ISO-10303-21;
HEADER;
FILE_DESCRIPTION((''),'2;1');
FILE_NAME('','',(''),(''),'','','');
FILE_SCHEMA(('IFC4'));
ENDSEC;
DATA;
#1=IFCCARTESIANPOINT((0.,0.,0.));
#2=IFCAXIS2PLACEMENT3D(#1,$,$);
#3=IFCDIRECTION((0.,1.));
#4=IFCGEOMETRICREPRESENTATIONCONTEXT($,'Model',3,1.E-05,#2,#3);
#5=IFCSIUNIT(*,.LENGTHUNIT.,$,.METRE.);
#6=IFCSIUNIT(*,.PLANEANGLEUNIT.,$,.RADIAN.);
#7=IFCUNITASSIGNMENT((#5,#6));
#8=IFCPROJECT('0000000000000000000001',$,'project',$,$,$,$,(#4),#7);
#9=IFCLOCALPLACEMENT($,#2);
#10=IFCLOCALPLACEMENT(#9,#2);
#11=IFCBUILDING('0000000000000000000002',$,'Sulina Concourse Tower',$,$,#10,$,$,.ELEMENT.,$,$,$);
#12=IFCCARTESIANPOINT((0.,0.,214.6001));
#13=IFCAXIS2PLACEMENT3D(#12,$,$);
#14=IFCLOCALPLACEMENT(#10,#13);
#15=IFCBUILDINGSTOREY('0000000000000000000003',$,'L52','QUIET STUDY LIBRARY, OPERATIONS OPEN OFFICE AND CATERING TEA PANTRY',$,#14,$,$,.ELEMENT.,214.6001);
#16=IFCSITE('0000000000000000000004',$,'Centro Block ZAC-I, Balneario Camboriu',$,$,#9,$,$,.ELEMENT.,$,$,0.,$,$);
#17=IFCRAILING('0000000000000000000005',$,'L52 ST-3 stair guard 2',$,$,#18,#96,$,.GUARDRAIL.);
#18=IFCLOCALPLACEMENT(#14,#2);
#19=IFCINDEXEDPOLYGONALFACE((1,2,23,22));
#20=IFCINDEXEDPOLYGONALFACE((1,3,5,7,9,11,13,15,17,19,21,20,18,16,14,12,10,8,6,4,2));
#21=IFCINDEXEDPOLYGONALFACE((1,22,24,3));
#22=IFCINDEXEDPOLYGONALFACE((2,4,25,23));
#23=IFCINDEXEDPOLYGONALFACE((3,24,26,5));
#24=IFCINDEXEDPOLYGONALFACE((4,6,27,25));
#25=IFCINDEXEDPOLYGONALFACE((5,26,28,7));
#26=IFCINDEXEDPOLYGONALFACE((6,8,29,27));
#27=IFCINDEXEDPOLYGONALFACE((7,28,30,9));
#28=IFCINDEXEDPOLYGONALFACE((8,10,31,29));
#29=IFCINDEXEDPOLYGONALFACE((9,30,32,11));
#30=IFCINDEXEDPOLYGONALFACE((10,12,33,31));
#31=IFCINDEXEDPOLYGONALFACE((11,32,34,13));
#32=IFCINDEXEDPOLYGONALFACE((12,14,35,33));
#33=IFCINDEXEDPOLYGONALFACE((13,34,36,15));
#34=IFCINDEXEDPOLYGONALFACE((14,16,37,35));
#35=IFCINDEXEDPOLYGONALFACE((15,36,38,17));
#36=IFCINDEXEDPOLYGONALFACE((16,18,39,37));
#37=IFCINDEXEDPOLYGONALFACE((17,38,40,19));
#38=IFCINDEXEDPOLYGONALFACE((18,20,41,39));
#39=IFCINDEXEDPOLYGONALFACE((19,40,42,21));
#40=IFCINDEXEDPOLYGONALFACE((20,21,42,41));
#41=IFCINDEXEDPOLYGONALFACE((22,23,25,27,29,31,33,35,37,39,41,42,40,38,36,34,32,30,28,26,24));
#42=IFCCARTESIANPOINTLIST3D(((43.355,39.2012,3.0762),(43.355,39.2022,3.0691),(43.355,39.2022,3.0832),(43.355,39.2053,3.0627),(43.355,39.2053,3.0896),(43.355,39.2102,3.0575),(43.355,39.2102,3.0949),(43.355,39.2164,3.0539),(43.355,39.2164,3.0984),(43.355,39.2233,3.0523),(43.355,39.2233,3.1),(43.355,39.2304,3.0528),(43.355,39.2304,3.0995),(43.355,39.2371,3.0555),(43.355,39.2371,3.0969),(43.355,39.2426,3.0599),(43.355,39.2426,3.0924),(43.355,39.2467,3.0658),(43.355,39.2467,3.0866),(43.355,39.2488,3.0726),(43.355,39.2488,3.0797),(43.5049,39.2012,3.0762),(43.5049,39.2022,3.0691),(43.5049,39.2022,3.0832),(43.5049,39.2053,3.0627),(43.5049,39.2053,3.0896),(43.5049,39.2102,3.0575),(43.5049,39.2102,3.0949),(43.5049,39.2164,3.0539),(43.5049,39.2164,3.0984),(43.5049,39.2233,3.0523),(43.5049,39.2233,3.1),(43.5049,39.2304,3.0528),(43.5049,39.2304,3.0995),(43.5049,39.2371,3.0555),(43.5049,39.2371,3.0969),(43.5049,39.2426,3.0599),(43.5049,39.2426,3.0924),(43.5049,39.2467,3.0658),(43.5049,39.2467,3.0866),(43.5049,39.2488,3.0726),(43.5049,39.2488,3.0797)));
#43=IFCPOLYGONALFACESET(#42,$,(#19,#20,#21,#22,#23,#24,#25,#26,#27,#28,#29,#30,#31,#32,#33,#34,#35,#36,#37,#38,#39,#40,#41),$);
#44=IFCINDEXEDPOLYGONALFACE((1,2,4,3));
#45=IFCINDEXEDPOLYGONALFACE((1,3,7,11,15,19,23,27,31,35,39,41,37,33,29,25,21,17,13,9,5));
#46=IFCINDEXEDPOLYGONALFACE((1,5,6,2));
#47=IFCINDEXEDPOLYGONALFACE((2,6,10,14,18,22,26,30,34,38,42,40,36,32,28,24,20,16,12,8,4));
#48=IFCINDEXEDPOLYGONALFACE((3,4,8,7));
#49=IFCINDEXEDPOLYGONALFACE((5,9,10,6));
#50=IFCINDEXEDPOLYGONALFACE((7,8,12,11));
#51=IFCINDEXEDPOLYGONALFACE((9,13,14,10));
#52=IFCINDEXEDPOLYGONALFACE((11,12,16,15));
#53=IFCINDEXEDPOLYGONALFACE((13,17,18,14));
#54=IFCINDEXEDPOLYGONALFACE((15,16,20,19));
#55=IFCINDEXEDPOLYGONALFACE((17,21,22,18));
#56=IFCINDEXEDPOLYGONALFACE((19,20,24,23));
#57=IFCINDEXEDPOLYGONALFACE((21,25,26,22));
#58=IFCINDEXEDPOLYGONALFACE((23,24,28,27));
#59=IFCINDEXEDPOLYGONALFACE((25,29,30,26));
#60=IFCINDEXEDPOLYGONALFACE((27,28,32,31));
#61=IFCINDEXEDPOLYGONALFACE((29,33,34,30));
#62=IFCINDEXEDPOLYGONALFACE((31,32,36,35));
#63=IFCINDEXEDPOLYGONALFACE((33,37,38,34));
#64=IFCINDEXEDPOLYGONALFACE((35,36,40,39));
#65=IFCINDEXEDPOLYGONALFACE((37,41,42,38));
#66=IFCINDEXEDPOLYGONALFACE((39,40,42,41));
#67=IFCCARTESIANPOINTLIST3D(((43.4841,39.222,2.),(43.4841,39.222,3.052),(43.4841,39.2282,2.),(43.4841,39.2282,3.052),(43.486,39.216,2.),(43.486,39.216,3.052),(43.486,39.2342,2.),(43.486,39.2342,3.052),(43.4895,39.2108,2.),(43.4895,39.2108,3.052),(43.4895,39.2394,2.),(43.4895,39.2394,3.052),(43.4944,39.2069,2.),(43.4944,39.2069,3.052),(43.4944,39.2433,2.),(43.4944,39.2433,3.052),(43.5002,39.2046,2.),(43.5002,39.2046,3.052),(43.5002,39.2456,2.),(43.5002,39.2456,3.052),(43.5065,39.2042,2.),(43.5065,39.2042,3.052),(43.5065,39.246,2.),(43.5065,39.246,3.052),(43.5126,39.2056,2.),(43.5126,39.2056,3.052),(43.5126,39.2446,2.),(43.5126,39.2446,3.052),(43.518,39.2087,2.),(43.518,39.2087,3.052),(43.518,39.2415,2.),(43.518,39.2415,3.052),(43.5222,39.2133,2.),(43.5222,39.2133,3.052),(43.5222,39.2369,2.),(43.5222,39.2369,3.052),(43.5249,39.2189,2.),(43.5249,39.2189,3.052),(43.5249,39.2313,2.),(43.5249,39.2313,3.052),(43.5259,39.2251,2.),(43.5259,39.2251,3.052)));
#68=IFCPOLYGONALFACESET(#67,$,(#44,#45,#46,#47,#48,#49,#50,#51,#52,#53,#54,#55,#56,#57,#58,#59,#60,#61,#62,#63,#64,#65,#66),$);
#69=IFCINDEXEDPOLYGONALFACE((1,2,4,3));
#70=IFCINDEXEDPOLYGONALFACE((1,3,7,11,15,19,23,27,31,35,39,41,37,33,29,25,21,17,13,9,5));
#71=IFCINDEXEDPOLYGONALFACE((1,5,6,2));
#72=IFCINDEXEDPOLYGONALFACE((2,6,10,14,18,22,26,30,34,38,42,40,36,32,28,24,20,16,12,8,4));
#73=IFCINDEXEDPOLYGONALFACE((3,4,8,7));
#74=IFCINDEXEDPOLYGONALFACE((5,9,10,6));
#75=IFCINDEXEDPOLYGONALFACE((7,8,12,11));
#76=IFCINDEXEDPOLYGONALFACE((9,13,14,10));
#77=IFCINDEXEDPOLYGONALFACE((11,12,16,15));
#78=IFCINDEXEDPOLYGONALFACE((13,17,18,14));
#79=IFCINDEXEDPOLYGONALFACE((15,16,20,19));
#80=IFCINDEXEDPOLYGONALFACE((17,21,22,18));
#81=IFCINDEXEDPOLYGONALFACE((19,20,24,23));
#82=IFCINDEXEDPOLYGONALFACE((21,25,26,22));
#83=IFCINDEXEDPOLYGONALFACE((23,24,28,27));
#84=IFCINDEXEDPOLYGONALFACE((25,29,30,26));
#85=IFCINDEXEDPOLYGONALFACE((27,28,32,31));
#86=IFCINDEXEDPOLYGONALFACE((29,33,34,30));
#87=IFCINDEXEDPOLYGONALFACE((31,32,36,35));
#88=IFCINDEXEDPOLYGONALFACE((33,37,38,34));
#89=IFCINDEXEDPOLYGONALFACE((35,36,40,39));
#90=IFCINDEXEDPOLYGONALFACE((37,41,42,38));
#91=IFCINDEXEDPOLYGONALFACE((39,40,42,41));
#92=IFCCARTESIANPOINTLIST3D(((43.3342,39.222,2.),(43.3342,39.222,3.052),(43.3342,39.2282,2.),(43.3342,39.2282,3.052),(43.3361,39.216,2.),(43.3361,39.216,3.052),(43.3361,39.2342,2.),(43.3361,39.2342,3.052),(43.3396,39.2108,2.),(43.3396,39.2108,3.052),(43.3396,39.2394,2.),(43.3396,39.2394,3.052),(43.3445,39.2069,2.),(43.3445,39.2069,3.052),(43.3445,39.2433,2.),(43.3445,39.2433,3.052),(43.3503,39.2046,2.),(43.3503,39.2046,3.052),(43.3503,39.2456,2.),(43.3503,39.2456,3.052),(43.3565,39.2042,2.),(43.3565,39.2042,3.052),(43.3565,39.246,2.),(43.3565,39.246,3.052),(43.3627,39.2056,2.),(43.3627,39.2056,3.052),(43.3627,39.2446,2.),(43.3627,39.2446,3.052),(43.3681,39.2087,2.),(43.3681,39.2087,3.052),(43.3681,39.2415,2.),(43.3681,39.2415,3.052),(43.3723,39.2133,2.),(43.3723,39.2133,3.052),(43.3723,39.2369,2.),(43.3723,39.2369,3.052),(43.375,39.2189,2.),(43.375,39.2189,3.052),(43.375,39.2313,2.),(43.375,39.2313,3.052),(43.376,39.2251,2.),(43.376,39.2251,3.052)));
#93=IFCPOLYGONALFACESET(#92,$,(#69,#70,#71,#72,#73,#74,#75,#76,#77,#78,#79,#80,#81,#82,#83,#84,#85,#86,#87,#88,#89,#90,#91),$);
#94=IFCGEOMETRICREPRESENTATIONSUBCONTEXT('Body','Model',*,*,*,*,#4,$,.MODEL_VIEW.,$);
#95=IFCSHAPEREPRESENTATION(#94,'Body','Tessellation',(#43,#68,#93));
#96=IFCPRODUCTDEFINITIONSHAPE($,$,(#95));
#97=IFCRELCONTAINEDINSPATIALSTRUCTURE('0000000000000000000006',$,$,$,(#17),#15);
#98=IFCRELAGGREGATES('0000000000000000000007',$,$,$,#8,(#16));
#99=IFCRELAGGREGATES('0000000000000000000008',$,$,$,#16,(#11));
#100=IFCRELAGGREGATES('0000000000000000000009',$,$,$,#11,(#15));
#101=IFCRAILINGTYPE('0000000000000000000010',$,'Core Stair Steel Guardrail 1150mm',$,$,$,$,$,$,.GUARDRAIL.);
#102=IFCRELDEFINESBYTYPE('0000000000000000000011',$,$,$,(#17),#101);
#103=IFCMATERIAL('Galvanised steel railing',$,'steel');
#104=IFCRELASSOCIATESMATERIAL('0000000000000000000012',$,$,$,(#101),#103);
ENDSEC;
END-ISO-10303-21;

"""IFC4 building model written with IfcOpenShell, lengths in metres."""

from ifc_helpers import new_model, si_unit, direction, frame, origin, origin_2d, place, context, subcontext, project, spatial, circle, extrude, material, type_object, element, save


model = new_model("IFC4")

# Units and contexts
model_context = context("Model", 3, precision=1e-05, world=origin(), true_north=direction((0.0, 1.0)))
body_context = subcontext(model_context, "Body", "Model", "MODEL_VIEW")
ifc_project = project(units=[si_unit("LENGTHUNIT", "METRE"), si_unit("PLANEANGLEUNIT", "RADIAN")], contexts=[model_context])

# Site, building, storey
site_placement = place(None, origin())
site = spatial("IfcSite", under=ifc_project, at=site_placement, Name="Centro Block ZAC-I, Balneario Camboriu", CompositionType="ELEMENT", RefElevation=0.0)
building_placement = place(site_placement, origin())
building = spatial("IfcBuilding", under=site, at=building_placement, Name="Sulina Concourse Tower", CompositionType="ELEMENT")
storey_placement = place(building_placement, frame((0.0, 0.0, 214.6001)))
storey = spatial("IfcBuildingStorey", under=building, at=storey_placement, Name="L52", Description="QUIET STUDY LIBRARY, OPERATIONS OPEN OFFICE AND CATERING TEA PANTRY", CompositionType="ELEMENT", Elevation=214.6001)

# Railing
ifc_material_1 = material(Name="Galvanised steel railing", Category="steel")
railing_type_1 = type_object("IfcRailingType", Name="Core Stair Steel Guardrail 1150mm", PredefinedType="GUARDRAIL", material=ifc_material_1)
railing_1_placement = place(storey_placement, frame((43.5049, 39.2251, 2.0)))
element("IfcRailing", 1, at=railing_1_placement, inside=storey, type_object=railing_type_1, Name="L52 ST-3 stair guard 2", PredefinedType="GUARDRAIL", context=body_context, shape_type="SweptSolid", body=[
    extrude(circle(Radius=0.0239, at=origin_2d()), frame((0.0, 0.0, 1.0762), z_axis=(-1.0, 0.0, 0.0), x_axis=(0.0, -1.0, 0.0)), (0.0, 0.0, 1.0), 0.1499),
    extrude(circle(Radius=0.021, at=origin_2d()), origin(), (0.0, 0.0, 1.0), 1.052),
    extrude(circle(Radius=0.021, at=origin_2d()), frame((-0.1499, 0.0, 0.0)), (0.0, 0.0, 1.0), 1.052),
])

save(model, "model.ifc")
